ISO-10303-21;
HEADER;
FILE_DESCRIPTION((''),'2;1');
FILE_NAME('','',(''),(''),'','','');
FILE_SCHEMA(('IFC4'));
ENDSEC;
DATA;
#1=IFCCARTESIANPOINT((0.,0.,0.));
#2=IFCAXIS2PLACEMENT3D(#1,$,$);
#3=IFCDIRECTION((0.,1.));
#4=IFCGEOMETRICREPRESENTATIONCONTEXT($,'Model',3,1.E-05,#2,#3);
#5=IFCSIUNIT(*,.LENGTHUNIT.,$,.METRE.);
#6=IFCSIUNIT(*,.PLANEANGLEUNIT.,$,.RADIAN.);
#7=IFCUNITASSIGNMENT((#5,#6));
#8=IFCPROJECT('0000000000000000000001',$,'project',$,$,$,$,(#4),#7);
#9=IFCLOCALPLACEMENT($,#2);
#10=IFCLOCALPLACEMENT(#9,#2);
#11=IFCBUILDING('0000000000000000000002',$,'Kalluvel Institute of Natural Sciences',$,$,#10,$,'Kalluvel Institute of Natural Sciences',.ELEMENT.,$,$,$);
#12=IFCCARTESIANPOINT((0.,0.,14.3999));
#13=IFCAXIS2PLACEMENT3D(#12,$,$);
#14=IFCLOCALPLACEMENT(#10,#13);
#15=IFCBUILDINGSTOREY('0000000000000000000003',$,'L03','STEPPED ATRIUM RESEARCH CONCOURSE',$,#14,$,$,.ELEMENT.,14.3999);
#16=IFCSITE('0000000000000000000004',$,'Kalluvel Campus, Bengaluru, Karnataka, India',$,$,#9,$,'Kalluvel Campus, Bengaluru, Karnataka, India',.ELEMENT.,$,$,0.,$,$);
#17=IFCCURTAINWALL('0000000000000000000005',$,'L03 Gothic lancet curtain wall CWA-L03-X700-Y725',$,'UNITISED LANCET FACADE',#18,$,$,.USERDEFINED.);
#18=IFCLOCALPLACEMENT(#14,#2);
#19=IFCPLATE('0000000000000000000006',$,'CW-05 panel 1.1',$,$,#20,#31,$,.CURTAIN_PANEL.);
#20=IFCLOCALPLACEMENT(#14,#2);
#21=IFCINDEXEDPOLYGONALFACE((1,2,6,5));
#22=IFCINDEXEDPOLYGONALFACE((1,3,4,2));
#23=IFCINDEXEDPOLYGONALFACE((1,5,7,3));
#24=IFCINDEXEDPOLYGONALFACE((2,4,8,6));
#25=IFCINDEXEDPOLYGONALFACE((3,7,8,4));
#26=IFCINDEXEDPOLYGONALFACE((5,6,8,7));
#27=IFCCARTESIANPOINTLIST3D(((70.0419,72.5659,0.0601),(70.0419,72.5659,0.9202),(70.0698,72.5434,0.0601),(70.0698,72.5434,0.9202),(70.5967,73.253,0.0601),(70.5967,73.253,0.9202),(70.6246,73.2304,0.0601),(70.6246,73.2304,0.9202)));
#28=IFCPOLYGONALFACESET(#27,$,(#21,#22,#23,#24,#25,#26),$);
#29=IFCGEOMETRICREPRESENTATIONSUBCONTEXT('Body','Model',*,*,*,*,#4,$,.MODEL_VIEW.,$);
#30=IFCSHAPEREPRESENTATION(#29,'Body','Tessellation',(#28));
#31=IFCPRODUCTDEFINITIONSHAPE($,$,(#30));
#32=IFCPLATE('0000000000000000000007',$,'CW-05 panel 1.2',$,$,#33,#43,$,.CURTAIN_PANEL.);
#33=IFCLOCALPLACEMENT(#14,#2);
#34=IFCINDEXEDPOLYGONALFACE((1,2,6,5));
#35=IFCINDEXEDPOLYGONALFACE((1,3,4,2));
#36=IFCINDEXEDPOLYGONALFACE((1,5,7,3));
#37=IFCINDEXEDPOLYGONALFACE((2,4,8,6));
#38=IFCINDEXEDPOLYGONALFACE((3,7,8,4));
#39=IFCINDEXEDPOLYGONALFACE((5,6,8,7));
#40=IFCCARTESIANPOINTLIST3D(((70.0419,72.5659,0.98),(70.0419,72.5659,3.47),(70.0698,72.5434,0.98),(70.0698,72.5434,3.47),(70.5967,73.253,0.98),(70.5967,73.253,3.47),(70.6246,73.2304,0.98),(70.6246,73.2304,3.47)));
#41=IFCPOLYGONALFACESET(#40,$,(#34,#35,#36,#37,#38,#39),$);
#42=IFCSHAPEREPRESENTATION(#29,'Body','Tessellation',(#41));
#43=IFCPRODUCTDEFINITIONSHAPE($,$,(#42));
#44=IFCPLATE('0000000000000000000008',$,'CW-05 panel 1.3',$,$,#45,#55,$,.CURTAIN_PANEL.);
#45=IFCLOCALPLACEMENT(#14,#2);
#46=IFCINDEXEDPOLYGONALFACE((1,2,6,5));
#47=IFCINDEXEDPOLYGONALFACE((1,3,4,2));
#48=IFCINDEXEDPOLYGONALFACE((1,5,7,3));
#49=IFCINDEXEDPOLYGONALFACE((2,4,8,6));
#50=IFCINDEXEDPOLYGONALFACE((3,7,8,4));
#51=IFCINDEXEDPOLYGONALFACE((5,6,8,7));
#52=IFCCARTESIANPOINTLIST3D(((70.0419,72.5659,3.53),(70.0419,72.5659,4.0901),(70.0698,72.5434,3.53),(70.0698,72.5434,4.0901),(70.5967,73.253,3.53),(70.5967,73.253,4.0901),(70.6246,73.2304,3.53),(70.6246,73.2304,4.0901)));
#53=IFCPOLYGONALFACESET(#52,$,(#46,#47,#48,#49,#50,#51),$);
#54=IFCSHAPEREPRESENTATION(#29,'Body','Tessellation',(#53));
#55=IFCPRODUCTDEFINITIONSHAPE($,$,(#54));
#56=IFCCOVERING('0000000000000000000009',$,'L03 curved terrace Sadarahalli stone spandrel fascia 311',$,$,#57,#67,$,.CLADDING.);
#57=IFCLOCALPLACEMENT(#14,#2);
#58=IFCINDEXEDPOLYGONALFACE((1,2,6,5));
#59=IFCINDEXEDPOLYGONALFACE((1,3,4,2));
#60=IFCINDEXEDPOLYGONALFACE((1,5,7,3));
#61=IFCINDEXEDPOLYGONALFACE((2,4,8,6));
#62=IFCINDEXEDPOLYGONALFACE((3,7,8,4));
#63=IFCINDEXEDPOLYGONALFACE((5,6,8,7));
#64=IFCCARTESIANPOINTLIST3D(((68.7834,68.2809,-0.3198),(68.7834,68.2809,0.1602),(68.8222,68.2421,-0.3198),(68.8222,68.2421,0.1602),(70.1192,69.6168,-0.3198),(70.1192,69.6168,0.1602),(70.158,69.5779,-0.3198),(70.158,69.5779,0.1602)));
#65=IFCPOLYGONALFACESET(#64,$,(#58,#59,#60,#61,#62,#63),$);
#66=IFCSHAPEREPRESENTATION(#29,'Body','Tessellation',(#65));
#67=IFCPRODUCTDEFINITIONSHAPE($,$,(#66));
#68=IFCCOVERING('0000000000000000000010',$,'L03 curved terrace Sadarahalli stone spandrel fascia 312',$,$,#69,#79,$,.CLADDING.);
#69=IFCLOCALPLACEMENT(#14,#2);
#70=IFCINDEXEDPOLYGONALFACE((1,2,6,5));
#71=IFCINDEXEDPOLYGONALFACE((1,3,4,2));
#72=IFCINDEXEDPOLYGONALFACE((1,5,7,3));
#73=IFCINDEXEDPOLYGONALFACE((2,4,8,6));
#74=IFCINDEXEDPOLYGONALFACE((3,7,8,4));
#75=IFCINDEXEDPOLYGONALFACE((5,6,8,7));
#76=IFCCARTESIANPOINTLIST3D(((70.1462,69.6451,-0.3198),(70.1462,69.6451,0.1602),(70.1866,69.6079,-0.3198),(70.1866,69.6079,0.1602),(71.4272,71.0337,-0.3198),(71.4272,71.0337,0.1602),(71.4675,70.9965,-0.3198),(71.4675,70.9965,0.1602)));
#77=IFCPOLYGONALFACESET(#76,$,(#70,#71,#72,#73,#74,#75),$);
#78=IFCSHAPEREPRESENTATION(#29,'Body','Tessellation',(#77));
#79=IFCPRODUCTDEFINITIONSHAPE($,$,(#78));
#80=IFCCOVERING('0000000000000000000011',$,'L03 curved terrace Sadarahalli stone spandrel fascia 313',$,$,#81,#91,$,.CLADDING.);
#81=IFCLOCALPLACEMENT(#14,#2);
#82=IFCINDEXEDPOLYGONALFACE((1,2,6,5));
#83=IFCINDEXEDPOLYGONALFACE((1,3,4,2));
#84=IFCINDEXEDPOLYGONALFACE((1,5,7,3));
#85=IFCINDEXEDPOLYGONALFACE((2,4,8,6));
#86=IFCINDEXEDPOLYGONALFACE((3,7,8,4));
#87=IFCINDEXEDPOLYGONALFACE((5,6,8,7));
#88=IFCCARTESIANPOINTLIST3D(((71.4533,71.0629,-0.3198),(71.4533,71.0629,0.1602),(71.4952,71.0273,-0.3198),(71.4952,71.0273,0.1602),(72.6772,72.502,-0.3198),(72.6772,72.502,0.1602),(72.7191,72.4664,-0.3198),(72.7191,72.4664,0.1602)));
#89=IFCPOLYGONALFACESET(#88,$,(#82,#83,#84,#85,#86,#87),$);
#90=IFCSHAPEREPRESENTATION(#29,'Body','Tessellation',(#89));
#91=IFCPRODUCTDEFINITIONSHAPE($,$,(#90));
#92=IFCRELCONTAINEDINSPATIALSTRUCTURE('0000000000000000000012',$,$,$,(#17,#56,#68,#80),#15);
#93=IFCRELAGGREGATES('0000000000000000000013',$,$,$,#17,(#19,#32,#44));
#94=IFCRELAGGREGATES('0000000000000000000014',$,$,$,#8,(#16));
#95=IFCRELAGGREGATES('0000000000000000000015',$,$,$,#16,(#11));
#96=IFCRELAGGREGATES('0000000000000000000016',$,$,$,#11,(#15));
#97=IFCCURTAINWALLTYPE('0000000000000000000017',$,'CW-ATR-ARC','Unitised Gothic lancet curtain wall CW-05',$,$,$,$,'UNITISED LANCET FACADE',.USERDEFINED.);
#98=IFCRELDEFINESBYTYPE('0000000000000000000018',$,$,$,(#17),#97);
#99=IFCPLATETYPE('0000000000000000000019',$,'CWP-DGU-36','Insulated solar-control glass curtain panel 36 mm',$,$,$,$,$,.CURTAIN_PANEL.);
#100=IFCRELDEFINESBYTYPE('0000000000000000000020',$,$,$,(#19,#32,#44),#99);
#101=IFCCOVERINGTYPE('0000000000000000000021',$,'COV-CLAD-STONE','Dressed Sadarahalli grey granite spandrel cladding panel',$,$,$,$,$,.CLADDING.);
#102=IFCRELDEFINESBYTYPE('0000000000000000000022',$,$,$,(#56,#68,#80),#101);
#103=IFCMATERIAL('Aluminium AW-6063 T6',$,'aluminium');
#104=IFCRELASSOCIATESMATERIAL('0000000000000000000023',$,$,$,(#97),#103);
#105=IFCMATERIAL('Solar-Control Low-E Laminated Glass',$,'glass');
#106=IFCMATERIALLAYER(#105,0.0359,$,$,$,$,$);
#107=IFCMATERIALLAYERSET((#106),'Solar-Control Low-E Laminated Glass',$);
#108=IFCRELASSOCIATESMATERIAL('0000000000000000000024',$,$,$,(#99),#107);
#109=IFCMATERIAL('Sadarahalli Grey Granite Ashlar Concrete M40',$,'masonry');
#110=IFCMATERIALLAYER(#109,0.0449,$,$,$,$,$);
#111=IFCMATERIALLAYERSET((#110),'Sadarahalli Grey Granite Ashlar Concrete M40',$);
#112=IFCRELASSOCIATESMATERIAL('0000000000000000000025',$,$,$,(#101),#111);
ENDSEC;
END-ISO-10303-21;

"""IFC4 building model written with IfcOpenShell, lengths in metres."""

from ifc_helpers import new_model, si_unit, direction, frame, origin, origin_2d, place, context, subcontext, project, spatial, rectangle, extrude, material, layer, layer_set, type_object, element, aggregate, save


model = new_model("IFC4")

# Units and contexts
model_context = context("Model", 3, precision=1e-05, world=origin(), true_north=direction((0.0, 1.0)))
body_context = subcontext(model_context, "Body", "Model", "MODEL_VIEW")
ifc_project = project(units=[si_unit("LENGTHUNIT", "METRE"), si_unit("PLANEANGLEUNIT", "RADIAN")], contexts=[model_context])

# Site, building, storey
site_placement = place(None, origin())
site = spatial("IfcSite", under=ifc_project, at=site_placement, Name="Kalluvel Campus, Bengaluru, Karnataka, India", LongName="Kalluvel Campus, Bengaluru, Karnataka, India", CompositionType="ELEMENT", RefElevation=0.0)
building_placement = place(site_placement, origin())
building = spatial("IfcBuilding", under=site, at=building_placement, Name="Kalluvel Institute of Natural Sciences", LongName="Kalluvel Institute of Natural Sciences", CompositionType="ELEMENT")
storey_placement = place(building_placement, frame((0.0, 0.0, 14.3999)))
storey = spatial("IfcBuildingStorey", under=building, at=storey_placement, Name="L03", Description="STEPPED ATRIUM RESEARCH CONCOURSE", CompositionType="ELEMENT", Elevation=14.3999)

# Curtain wall
ifc_material_1 = material(Name="Aluminium AW-6063 T6", Category="aluminium")
curtain_wall_type = type_object("IfcCurtainWallType", Name="CW-ATR-ARC", Description="Unitised Gothic lancet curtain wall CW-05", ElementType="UNITISED LANCET FACADE", PredefinedType="USERDEFINED", material=ifc_material_1)
curtain_wall_1_placement = place(storey_placement, origin())
curtain_wall_1 = element("IfcCurtainWall", 1, at=curtain_wall_1_placement, inside=storey, type_object=curtain_wall_type, Name="L03 Gothic lancet curtain wall CWA-L03-X700-Y725", ObjectType="UNITISED LANCET FACADE", PredefinedType="USERDEFINED")

# Plates
ifc_material_2 = material(Name="Solar-Control Low-E Laminated Glass", Category="glass")
ifc_layer_1 = layer(ifc_material_2, 0.0359)
ifc_layer_set_1 = layer_set([ifc_layer_1], Name="Solar-Control Low-E Laminated Glass")
plate_type = type_object("IfcPlateType", Name="CWP-DGU-36", Description="Insulated solar-control glass curtain panel 36 mm", PredefinedType="CURTAIN_PANEL", material=ifc_layer_set_1)
plate_1_placement = place(storey_placement, frame((70.3333, 72.8982, 0.0601), z_axis=(0.0, 0.0, 1.0), x_axis=(0.628229, 0.778028, 0.0)))
plate_1 = element("IfcPlate", 2, at=plate_1_placement, type_object=plate_type, Name="CW-05 panel 1.1", PredefinedType="CURTAIN_PANEL", context=body_context, shape_type="SweptSolid", body=[
    extrude(rectangle(XDim=0.8831, YDim=0.0359, at=origin_2d()), origin(), (0.0, 0.0, 1.0), 0.8601),
])
plate_2_placement = place(storey_placement, frame((70.3333, 72.8982, 0.98), z_axis=(0.0, 0.0, 1.0), x_axis=(0.628229, 0.778028, 0.0)))
plate_2 = element("IfcPlate", 3, at=plate_2_placement, type_object=plate_type, Name="CW-05 panel 1.2", PredefinedType="CURTAIN_PANEL", context=body_context, shape_type="SweptSolid", body=[
    extrude(rectangle(XDim=0.8831, YDim=0.0359, at=origin_2d()), origin(), (0.0, 0.0, 1.0), 2.49),
])
plate_3_placement = place(storey_placement, frame((70.3333, 72.8982, 3.53), z_axis=(0.0, 0.0, 1.0), x_axis=(0.628229, 0.778028, 0.0)))
plate_3 = element("IfcPlate", 4, at=plate_3_placement, type_object=plate_type, Name="CW-05 panel 1.3", PredefinedType="CURTAIN_PANEL", context=body_context, shape_type="SweptSolid", body=[
    extrude(rectangle(XDim=0.8831, YDim=0.0359, at=origin_2d()), origin(), (0.0, 0.0, 1.0), 0.5601),
])
aggregate(curtain_wall_1, [plate_1, plate_2, plate_3])

# Coverings
ifc_material_3 = material(Name="Sadarahalli Grey Granite Ashlar Concrete M40", Category="masonry")
ifc_layer_2 = layer(ifc_material_3, 0.0449)
ifc_layer_set_2 = layer_set([ifc_layer_2], Name="Sadarahalli Grey Granite Ashlar Concrete M40")
covering_type = type_object("IfcCoveringType", Name="COV-CLAD-STONE", Description="Dressed Sadarahalli grey granite spandrel cladding panel", PredefinedType="CLADDING", material=ifc_layer_set_2)
for number, where, z_axis, x_axis, name in (
    (5, (69.4707, 68.9294, -0.3198), (0.0, 0.0, 1.0), (0.707107, 0.707107, 0.0), "L03 curved terrace Sadarahalli stone spandrel fascia 311"),
    (6, (70.8069, 70.3208, -0.3198), (0.0, 0.0, 1.0), (0.678031, 0.735033, 0.0), "L03 curved terrace Sadarahalli stone spandrel fascia 312"),
    (7, (72.0862, 71.7646, -0.3198), (0.0, 0.0, 1.0), (0.647854, 0.761764, 0.0), "L03 curved terrace Sadarahalli stone spandrel fascia 313"),
):
    element("IfcCovering", number, at=place(storey_placement, frame(where, z_axis=z_axis, x_axis=x_axis)), inside=storey, type_object=covering_type, Name=name, PredefinedType="CLADDING", context=body_context, shape_type="SweptSolid", body=[
        extrude(rectangle(XDim=1.8892, YDim=0.0549, at=origin_2d()), origin(), (0.0, 0.0, 1.0), 0.48),
    ])

save(model, "model.ifc")
